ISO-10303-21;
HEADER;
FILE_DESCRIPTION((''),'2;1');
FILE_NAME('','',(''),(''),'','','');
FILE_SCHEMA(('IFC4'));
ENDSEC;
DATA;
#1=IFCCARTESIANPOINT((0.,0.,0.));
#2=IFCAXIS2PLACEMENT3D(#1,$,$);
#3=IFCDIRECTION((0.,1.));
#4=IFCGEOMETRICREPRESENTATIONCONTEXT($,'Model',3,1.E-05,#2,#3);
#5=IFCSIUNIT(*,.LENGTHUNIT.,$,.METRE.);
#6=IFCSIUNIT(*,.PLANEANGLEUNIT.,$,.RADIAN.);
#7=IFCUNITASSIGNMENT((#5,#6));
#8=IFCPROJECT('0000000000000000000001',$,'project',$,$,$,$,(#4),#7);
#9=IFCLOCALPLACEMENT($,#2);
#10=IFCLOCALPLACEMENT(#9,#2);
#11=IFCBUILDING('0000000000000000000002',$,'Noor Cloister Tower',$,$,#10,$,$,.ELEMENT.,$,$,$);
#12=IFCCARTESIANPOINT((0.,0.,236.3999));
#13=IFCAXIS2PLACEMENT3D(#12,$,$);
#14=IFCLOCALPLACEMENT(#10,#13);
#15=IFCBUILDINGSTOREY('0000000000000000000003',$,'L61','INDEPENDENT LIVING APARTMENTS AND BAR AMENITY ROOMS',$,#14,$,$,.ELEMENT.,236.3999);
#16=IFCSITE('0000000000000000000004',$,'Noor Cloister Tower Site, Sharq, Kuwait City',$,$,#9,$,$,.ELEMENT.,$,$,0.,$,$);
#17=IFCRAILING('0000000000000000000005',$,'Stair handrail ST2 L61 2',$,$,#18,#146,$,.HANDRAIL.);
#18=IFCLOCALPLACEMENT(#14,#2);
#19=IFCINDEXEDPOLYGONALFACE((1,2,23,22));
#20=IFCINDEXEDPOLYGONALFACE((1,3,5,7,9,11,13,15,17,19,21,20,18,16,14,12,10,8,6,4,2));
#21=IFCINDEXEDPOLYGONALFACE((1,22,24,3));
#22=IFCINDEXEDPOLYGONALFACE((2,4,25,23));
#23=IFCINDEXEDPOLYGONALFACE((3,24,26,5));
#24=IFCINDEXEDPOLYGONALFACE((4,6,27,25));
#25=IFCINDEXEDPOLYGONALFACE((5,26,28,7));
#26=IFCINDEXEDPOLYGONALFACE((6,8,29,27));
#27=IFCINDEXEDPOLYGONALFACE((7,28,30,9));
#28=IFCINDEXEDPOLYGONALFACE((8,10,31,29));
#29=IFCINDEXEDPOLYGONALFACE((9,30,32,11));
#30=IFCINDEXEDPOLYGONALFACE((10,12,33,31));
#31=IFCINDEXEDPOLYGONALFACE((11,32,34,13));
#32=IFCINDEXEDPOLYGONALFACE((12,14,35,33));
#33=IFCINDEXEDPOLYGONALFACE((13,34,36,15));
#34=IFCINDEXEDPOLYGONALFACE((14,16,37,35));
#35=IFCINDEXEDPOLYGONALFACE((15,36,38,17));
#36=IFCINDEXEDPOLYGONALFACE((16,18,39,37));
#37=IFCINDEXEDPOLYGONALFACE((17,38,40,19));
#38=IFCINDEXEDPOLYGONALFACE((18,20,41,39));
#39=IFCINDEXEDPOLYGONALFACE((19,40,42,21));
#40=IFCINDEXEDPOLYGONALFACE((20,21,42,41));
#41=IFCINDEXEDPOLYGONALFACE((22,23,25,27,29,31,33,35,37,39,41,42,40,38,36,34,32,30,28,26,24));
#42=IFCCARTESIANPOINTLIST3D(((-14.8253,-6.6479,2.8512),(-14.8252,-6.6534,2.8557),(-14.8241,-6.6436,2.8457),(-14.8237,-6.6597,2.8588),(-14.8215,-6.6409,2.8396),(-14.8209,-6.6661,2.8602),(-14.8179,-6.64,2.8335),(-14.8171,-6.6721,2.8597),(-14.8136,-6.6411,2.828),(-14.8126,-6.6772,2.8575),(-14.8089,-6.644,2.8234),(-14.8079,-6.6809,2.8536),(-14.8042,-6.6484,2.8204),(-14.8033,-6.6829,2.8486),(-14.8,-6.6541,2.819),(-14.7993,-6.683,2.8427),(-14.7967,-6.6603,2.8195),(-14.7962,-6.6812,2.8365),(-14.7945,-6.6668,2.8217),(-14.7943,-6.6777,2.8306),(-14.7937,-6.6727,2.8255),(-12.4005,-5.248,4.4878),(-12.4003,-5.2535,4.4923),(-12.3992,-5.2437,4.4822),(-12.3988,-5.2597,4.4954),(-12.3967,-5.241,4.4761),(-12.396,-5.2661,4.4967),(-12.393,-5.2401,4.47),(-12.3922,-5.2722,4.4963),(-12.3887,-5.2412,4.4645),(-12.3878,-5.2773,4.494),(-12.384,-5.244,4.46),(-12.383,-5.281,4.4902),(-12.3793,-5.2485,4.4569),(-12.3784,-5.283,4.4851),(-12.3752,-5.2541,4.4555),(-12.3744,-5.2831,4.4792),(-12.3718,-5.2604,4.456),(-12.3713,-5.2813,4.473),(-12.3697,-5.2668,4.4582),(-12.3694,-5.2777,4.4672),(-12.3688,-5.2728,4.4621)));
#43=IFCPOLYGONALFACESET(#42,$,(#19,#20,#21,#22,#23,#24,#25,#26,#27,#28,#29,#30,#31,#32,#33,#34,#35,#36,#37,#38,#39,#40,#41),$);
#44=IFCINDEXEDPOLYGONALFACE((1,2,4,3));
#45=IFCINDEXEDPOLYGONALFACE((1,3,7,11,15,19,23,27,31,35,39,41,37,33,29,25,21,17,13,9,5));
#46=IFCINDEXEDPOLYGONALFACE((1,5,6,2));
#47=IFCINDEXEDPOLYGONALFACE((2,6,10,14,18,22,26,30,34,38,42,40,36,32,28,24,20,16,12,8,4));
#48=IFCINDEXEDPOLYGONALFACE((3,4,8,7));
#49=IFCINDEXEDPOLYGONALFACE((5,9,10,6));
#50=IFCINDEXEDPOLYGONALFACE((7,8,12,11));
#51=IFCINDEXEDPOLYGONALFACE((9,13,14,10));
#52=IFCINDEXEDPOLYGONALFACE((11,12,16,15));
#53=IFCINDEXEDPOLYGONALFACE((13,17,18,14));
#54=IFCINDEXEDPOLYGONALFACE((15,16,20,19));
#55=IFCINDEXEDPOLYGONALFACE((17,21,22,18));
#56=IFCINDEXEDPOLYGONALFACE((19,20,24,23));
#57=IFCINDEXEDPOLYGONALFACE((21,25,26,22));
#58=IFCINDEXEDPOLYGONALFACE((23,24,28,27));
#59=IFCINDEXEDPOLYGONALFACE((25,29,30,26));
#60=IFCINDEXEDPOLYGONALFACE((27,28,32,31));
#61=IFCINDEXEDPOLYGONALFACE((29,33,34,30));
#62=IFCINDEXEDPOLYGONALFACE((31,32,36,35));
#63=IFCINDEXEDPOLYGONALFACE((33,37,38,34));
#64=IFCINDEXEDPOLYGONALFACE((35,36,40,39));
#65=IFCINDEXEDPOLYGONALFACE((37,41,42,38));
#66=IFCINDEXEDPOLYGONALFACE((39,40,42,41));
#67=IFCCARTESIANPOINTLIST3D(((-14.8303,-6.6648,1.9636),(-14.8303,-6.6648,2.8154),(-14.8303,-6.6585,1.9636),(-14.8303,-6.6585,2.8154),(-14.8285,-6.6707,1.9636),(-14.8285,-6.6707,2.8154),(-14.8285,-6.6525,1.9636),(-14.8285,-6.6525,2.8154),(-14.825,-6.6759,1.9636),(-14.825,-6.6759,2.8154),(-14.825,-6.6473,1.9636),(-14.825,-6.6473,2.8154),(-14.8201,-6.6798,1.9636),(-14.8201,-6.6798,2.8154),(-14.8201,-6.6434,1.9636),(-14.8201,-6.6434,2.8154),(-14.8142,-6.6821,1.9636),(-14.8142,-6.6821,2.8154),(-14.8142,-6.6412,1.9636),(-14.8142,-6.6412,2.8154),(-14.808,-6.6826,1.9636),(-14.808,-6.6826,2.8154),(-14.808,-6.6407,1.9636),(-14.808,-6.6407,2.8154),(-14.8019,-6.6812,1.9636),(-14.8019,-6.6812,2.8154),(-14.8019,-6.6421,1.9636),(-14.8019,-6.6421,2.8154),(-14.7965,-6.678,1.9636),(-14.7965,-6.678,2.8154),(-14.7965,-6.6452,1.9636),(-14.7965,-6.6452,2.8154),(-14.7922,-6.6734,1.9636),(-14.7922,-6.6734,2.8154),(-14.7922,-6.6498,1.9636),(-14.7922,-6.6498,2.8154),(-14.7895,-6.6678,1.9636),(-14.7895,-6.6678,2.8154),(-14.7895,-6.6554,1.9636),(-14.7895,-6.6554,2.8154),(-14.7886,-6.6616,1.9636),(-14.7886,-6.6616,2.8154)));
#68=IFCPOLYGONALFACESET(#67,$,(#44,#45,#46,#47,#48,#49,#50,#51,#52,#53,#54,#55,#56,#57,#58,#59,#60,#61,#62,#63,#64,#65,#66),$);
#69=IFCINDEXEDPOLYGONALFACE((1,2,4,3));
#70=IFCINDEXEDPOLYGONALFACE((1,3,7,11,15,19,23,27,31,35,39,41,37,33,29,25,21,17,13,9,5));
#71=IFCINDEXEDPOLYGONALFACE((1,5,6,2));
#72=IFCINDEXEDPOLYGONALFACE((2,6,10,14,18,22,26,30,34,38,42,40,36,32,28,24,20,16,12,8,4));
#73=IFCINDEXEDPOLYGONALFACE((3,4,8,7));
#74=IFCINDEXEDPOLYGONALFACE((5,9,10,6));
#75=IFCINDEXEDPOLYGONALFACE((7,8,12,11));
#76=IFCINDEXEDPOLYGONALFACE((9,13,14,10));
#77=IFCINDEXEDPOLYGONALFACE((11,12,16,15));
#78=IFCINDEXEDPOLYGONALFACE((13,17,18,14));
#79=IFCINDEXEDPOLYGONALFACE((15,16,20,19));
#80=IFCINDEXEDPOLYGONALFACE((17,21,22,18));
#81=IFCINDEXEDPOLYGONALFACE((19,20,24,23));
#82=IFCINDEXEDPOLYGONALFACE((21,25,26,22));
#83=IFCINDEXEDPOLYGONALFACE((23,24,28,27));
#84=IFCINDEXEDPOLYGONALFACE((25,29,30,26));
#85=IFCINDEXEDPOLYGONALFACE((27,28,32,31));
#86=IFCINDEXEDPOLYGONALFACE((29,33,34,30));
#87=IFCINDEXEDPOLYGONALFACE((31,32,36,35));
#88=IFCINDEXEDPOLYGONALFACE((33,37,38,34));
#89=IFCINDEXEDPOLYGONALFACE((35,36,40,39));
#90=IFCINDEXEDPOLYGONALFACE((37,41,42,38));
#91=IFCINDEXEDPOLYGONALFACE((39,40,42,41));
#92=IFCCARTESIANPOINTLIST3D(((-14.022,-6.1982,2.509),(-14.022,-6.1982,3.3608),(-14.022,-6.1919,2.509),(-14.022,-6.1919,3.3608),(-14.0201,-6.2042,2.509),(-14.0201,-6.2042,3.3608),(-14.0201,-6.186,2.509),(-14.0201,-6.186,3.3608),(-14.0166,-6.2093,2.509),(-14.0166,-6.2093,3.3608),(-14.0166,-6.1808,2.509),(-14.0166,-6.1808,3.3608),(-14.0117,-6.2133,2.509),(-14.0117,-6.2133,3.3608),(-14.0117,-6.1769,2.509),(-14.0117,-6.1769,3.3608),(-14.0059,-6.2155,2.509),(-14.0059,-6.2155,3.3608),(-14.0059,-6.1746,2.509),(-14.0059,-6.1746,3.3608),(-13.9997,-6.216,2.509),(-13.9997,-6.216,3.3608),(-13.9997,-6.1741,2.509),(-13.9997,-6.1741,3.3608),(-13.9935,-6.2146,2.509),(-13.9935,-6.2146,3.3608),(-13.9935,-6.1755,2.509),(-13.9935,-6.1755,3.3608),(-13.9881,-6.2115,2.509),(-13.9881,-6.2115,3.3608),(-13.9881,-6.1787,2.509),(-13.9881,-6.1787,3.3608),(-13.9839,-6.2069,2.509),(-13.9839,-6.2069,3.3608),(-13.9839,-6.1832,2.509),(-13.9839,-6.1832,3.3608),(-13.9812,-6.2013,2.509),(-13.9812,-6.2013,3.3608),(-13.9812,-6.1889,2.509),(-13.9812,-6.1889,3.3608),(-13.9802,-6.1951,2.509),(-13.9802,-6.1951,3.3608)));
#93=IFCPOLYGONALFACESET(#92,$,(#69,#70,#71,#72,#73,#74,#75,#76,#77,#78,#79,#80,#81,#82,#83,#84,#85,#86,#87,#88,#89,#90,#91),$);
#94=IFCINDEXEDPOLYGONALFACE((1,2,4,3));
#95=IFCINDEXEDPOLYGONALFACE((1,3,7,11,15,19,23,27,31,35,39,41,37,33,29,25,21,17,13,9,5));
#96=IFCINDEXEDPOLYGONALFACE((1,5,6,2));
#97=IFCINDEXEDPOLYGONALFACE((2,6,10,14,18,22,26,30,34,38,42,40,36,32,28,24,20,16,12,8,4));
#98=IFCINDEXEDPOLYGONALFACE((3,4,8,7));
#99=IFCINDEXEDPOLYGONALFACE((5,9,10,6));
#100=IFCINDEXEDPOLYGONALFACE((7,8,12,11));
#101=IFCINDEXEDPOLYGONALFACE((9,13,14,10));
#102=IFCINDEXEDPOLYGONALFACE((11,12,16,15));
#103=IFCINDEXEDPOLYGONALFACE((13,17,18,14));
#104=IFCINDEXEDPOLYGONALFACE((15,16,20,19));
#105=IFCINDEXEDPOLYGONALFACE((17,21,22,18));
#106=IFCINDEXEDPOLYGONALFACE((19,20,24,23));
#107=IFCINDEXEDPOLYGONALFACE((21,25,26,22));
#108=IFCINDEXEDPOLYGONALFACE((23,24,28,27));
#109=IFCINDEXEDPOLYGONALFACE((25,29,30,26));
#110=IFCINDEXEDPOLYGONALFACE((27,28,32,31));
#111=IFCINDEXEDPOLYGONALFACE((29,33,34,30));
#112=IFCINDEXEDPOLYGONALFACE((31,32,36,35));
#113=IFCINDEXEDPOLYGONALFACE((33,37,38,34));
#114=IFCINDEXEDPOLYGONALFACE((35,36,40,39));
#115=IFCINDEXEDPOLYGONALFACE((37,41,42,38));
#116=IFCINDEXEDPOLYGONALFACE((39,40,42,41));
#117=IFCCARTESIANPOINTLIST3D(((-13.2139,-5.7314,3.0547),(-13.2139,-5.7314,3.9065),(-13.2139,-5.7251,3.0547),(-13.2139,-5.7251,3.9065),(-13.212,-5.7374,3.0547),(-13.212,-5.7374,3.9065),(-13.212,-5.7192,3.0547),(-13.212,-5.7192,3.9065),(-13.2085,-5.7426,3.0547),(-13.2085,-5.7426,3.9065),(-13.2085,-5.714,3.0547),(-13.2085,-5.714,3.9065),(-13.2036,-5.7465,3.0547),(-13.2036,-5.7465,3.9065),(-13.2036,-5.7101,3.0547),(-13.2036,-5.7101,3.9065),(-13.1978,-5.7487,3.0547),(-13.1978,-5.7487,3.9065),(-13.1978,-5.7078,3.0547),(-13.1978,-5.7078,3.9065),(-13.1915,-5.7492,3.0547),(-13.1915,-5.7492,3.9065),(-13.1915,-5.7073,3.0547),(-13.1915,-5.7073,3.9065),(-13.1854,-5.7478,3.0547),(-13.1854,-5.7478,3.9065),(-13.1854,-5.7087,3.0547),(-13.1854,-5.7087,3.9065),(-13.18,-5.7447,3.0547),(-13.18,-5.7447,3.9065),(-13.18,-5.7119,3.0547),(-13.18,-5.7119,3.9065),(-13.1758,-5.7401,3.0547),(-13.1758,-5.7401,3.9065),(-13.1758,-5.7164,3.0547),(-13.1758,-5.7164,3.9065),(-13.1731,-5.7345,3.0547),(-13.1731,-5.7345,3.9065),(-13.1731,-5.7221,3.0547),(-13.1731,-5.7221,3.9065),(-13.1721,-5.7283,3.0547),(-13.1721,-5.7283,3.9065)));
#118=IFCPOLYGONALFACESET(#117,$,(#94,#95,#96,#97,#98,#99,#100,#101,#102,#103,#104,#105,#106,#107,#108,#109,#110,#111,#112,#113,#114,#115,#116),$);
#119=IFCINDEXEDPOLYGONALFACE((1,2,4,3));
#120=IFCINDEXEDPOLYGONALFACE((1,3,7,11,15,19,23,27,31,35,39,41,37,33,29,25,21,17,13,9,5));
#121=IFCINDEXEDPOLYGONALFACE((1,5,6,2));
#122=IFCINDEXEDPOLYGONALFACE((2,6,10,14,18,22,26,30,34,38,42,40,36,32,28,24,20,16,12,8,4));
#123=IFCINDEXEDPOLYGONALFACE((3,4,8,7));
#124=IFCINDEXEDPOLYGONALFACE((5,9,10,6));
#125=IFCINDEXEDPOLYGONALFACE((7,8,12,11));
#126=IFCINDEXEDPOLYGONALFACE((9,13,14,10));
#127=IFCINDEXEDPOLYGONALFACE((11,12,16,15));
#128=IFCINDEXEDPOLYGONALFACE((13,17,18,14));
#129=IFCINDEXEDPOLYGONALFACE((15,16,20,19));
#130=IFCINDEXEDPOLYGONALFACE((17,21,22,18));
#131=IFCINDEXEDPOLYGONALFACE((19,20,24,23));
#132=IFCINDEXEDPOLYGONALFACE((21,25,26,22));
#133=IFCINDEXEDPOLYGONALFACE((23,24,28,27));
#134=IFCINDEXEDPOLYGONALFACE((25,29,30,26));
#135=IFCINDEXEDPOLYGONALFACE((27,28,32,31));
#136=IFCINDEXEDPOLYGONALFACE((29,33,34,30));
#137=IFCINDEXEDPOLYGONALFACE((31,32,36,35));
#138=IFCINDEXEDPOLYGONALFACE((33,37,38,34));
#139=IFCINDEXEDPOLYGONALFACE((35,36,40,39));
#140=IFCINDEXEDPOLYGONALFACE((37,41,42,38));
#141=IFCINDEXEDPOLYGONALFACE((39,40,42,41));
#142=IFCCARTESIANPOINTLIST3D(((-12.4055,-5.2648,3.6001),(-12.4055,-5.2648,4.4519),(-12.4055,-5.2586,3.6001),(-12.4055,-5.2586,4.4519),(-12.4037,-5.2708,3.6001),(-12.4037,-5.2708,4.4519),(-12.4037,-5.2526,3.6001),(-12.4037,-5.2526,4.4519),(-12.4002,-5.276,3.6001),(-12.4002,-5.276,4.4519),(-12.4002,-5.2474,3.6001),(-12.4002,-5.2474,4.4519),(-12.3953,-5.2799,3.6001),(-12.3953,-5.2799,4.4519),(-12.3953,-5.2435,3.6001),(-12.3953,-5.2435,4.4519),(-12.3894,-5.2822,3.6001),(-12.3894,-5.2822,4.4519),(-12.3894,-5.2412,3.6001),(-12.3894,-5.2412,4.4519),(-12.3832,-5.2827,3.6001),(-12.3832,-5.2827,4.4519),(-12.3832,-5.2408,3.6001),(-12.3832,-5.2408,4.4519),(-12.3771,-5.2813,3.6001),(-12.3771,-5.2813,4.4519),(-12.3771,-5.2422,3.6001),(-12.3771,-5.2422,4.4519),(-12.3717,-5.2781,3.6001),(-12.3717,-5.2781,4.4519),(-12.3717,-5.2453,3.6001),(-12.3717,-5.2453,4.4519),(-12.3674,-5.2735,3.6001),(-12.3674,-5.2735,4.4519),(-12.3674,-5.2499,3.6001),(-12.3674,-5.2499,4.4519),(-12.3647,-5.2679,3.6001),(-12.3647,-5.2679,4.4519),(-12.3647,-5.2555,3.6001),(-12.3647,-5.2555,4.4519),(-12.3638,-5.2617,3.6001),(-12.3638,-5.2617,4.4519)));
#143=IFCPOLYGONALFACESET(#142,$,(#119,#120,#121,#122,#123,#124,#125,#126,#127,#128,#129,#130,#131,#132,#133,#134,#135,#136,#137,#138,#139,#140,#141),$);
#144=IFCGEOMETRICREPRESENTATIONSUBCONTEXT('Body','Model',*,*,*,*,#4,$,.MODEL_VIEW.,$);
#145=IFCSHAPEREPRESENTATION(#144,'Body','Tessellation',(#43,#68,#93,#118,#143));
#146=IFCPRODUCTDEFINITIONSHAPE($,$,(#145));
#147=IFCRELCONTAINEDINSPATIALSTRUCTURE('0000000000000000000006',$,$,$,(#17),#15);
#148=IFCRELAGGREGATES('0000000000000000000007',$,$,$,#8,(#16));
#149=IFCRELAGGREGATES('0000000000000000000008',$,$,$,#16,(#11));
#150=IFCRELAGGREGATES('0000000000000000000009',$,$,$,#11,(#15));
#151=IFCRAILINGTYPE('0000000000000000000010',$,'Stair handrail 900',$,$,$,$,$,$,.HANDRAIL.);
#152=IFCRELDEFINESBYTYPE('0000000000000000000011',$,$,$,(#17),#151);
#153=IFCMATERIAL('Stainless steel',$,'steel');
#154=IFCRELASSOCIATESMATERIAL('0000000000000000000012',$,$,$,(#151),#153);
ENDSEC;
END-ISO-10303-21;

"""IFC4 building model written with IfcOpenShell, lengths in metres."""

from ifc_helpers import new_model, si_unit, direction, frame, origin, origin_2d, place, context, subcontext, project, spatial, circle, extrude, material, type_object, element, save


model = new_model("IFC4")

# Units and contexts
model_context = context("Model", 3, precision=1e-05, world=origin(), true_north=direction((0.0, 1.0)))
body_context = subcontext(model_context, "Body", "Model", "MODEL_VIEW")
ifc_project = project(units=[si_unit("LENGTHUNIT", "METRE"), si_unit("PLANEANGLEUNIT", "RADIAN")], contexts=[model_context])

# Site, building, storey
site_placement = place(None, origin())
site = spatial("IfcSite", under=ifc_project, at=site_placement, Name="Noor Cloister Tower Site, Sharq, Kuwait City", CompositionType="ELEMENT", RefElevation=0.0)
building_placement = place(site_placement, origin())
building = spatial("IfcBuilding", under=site, at=building_placement, Name="Noor Cloister Tower", CompositionType="ELEMENT")
storey_placement = place(building_placement, frame((0.0, 0.0, 236.3999)))
storey = spatial("IfcBuildingStorey", under=building, at=storey_placement, Name="L61", Description="INDEPENDENT LIVING APARTMENTS AND BAR AMENITY ROOMS", CompositionType="ELEMENT", Elevation=236.3999)

# Railing
ifc_material_1 = material(Name="Stainless steel", Category="steel")
railing_type = type_object("IfcRailingType", Name="Stair handrail 900", PredefinedType="HANDRAIL", material=ifc_material_1)
railing_placement = place(storey_placement, frame((-14.8096, -6.6616, 1.9636)))
element("IfcRailing", 1, at=railing_placement, inside=storey, type_object=railing_type, Name="Stair handrail ST2 L61 2", PredefinedType="HANDRAIL", context=body_context, shape_type="SweptSolid", body=[
    extrude(circle(Radius=0.0239, at=origin_2d()), frame((0.0, 0.0, 0.876), z_axis=(0.74769, 0.431661, 0.504608), x_axis=(-0.499984, 0.866035, 0.0)), (0.0, 0.0, 1.0), 3.2432),
    extrude(circle(Radius=0.021, at=origin_2d()), origin(), (0.0, 0.0, 1.0), 0.8518),
    extrude(circle(Radius=0.021, at=origin_2d()), frame((0.8083, 0.4666, 0.5454)), (0.0, 0.0, 1.0), 0.8518),
    extrude(circle(Radius=0.021, at=origin_2d()), frame((1.6165, 0.9333, 1.0911)), (0.0, 0.0, 1.0), 0.8518),
    extrude(circle(Radius=0.021, at=origin_2d()), frame((2.4248, 1.3999, 1.6365)), (0.0, 0.0, 1.0), 0.8518),
])

save(model, "model.ifc")
